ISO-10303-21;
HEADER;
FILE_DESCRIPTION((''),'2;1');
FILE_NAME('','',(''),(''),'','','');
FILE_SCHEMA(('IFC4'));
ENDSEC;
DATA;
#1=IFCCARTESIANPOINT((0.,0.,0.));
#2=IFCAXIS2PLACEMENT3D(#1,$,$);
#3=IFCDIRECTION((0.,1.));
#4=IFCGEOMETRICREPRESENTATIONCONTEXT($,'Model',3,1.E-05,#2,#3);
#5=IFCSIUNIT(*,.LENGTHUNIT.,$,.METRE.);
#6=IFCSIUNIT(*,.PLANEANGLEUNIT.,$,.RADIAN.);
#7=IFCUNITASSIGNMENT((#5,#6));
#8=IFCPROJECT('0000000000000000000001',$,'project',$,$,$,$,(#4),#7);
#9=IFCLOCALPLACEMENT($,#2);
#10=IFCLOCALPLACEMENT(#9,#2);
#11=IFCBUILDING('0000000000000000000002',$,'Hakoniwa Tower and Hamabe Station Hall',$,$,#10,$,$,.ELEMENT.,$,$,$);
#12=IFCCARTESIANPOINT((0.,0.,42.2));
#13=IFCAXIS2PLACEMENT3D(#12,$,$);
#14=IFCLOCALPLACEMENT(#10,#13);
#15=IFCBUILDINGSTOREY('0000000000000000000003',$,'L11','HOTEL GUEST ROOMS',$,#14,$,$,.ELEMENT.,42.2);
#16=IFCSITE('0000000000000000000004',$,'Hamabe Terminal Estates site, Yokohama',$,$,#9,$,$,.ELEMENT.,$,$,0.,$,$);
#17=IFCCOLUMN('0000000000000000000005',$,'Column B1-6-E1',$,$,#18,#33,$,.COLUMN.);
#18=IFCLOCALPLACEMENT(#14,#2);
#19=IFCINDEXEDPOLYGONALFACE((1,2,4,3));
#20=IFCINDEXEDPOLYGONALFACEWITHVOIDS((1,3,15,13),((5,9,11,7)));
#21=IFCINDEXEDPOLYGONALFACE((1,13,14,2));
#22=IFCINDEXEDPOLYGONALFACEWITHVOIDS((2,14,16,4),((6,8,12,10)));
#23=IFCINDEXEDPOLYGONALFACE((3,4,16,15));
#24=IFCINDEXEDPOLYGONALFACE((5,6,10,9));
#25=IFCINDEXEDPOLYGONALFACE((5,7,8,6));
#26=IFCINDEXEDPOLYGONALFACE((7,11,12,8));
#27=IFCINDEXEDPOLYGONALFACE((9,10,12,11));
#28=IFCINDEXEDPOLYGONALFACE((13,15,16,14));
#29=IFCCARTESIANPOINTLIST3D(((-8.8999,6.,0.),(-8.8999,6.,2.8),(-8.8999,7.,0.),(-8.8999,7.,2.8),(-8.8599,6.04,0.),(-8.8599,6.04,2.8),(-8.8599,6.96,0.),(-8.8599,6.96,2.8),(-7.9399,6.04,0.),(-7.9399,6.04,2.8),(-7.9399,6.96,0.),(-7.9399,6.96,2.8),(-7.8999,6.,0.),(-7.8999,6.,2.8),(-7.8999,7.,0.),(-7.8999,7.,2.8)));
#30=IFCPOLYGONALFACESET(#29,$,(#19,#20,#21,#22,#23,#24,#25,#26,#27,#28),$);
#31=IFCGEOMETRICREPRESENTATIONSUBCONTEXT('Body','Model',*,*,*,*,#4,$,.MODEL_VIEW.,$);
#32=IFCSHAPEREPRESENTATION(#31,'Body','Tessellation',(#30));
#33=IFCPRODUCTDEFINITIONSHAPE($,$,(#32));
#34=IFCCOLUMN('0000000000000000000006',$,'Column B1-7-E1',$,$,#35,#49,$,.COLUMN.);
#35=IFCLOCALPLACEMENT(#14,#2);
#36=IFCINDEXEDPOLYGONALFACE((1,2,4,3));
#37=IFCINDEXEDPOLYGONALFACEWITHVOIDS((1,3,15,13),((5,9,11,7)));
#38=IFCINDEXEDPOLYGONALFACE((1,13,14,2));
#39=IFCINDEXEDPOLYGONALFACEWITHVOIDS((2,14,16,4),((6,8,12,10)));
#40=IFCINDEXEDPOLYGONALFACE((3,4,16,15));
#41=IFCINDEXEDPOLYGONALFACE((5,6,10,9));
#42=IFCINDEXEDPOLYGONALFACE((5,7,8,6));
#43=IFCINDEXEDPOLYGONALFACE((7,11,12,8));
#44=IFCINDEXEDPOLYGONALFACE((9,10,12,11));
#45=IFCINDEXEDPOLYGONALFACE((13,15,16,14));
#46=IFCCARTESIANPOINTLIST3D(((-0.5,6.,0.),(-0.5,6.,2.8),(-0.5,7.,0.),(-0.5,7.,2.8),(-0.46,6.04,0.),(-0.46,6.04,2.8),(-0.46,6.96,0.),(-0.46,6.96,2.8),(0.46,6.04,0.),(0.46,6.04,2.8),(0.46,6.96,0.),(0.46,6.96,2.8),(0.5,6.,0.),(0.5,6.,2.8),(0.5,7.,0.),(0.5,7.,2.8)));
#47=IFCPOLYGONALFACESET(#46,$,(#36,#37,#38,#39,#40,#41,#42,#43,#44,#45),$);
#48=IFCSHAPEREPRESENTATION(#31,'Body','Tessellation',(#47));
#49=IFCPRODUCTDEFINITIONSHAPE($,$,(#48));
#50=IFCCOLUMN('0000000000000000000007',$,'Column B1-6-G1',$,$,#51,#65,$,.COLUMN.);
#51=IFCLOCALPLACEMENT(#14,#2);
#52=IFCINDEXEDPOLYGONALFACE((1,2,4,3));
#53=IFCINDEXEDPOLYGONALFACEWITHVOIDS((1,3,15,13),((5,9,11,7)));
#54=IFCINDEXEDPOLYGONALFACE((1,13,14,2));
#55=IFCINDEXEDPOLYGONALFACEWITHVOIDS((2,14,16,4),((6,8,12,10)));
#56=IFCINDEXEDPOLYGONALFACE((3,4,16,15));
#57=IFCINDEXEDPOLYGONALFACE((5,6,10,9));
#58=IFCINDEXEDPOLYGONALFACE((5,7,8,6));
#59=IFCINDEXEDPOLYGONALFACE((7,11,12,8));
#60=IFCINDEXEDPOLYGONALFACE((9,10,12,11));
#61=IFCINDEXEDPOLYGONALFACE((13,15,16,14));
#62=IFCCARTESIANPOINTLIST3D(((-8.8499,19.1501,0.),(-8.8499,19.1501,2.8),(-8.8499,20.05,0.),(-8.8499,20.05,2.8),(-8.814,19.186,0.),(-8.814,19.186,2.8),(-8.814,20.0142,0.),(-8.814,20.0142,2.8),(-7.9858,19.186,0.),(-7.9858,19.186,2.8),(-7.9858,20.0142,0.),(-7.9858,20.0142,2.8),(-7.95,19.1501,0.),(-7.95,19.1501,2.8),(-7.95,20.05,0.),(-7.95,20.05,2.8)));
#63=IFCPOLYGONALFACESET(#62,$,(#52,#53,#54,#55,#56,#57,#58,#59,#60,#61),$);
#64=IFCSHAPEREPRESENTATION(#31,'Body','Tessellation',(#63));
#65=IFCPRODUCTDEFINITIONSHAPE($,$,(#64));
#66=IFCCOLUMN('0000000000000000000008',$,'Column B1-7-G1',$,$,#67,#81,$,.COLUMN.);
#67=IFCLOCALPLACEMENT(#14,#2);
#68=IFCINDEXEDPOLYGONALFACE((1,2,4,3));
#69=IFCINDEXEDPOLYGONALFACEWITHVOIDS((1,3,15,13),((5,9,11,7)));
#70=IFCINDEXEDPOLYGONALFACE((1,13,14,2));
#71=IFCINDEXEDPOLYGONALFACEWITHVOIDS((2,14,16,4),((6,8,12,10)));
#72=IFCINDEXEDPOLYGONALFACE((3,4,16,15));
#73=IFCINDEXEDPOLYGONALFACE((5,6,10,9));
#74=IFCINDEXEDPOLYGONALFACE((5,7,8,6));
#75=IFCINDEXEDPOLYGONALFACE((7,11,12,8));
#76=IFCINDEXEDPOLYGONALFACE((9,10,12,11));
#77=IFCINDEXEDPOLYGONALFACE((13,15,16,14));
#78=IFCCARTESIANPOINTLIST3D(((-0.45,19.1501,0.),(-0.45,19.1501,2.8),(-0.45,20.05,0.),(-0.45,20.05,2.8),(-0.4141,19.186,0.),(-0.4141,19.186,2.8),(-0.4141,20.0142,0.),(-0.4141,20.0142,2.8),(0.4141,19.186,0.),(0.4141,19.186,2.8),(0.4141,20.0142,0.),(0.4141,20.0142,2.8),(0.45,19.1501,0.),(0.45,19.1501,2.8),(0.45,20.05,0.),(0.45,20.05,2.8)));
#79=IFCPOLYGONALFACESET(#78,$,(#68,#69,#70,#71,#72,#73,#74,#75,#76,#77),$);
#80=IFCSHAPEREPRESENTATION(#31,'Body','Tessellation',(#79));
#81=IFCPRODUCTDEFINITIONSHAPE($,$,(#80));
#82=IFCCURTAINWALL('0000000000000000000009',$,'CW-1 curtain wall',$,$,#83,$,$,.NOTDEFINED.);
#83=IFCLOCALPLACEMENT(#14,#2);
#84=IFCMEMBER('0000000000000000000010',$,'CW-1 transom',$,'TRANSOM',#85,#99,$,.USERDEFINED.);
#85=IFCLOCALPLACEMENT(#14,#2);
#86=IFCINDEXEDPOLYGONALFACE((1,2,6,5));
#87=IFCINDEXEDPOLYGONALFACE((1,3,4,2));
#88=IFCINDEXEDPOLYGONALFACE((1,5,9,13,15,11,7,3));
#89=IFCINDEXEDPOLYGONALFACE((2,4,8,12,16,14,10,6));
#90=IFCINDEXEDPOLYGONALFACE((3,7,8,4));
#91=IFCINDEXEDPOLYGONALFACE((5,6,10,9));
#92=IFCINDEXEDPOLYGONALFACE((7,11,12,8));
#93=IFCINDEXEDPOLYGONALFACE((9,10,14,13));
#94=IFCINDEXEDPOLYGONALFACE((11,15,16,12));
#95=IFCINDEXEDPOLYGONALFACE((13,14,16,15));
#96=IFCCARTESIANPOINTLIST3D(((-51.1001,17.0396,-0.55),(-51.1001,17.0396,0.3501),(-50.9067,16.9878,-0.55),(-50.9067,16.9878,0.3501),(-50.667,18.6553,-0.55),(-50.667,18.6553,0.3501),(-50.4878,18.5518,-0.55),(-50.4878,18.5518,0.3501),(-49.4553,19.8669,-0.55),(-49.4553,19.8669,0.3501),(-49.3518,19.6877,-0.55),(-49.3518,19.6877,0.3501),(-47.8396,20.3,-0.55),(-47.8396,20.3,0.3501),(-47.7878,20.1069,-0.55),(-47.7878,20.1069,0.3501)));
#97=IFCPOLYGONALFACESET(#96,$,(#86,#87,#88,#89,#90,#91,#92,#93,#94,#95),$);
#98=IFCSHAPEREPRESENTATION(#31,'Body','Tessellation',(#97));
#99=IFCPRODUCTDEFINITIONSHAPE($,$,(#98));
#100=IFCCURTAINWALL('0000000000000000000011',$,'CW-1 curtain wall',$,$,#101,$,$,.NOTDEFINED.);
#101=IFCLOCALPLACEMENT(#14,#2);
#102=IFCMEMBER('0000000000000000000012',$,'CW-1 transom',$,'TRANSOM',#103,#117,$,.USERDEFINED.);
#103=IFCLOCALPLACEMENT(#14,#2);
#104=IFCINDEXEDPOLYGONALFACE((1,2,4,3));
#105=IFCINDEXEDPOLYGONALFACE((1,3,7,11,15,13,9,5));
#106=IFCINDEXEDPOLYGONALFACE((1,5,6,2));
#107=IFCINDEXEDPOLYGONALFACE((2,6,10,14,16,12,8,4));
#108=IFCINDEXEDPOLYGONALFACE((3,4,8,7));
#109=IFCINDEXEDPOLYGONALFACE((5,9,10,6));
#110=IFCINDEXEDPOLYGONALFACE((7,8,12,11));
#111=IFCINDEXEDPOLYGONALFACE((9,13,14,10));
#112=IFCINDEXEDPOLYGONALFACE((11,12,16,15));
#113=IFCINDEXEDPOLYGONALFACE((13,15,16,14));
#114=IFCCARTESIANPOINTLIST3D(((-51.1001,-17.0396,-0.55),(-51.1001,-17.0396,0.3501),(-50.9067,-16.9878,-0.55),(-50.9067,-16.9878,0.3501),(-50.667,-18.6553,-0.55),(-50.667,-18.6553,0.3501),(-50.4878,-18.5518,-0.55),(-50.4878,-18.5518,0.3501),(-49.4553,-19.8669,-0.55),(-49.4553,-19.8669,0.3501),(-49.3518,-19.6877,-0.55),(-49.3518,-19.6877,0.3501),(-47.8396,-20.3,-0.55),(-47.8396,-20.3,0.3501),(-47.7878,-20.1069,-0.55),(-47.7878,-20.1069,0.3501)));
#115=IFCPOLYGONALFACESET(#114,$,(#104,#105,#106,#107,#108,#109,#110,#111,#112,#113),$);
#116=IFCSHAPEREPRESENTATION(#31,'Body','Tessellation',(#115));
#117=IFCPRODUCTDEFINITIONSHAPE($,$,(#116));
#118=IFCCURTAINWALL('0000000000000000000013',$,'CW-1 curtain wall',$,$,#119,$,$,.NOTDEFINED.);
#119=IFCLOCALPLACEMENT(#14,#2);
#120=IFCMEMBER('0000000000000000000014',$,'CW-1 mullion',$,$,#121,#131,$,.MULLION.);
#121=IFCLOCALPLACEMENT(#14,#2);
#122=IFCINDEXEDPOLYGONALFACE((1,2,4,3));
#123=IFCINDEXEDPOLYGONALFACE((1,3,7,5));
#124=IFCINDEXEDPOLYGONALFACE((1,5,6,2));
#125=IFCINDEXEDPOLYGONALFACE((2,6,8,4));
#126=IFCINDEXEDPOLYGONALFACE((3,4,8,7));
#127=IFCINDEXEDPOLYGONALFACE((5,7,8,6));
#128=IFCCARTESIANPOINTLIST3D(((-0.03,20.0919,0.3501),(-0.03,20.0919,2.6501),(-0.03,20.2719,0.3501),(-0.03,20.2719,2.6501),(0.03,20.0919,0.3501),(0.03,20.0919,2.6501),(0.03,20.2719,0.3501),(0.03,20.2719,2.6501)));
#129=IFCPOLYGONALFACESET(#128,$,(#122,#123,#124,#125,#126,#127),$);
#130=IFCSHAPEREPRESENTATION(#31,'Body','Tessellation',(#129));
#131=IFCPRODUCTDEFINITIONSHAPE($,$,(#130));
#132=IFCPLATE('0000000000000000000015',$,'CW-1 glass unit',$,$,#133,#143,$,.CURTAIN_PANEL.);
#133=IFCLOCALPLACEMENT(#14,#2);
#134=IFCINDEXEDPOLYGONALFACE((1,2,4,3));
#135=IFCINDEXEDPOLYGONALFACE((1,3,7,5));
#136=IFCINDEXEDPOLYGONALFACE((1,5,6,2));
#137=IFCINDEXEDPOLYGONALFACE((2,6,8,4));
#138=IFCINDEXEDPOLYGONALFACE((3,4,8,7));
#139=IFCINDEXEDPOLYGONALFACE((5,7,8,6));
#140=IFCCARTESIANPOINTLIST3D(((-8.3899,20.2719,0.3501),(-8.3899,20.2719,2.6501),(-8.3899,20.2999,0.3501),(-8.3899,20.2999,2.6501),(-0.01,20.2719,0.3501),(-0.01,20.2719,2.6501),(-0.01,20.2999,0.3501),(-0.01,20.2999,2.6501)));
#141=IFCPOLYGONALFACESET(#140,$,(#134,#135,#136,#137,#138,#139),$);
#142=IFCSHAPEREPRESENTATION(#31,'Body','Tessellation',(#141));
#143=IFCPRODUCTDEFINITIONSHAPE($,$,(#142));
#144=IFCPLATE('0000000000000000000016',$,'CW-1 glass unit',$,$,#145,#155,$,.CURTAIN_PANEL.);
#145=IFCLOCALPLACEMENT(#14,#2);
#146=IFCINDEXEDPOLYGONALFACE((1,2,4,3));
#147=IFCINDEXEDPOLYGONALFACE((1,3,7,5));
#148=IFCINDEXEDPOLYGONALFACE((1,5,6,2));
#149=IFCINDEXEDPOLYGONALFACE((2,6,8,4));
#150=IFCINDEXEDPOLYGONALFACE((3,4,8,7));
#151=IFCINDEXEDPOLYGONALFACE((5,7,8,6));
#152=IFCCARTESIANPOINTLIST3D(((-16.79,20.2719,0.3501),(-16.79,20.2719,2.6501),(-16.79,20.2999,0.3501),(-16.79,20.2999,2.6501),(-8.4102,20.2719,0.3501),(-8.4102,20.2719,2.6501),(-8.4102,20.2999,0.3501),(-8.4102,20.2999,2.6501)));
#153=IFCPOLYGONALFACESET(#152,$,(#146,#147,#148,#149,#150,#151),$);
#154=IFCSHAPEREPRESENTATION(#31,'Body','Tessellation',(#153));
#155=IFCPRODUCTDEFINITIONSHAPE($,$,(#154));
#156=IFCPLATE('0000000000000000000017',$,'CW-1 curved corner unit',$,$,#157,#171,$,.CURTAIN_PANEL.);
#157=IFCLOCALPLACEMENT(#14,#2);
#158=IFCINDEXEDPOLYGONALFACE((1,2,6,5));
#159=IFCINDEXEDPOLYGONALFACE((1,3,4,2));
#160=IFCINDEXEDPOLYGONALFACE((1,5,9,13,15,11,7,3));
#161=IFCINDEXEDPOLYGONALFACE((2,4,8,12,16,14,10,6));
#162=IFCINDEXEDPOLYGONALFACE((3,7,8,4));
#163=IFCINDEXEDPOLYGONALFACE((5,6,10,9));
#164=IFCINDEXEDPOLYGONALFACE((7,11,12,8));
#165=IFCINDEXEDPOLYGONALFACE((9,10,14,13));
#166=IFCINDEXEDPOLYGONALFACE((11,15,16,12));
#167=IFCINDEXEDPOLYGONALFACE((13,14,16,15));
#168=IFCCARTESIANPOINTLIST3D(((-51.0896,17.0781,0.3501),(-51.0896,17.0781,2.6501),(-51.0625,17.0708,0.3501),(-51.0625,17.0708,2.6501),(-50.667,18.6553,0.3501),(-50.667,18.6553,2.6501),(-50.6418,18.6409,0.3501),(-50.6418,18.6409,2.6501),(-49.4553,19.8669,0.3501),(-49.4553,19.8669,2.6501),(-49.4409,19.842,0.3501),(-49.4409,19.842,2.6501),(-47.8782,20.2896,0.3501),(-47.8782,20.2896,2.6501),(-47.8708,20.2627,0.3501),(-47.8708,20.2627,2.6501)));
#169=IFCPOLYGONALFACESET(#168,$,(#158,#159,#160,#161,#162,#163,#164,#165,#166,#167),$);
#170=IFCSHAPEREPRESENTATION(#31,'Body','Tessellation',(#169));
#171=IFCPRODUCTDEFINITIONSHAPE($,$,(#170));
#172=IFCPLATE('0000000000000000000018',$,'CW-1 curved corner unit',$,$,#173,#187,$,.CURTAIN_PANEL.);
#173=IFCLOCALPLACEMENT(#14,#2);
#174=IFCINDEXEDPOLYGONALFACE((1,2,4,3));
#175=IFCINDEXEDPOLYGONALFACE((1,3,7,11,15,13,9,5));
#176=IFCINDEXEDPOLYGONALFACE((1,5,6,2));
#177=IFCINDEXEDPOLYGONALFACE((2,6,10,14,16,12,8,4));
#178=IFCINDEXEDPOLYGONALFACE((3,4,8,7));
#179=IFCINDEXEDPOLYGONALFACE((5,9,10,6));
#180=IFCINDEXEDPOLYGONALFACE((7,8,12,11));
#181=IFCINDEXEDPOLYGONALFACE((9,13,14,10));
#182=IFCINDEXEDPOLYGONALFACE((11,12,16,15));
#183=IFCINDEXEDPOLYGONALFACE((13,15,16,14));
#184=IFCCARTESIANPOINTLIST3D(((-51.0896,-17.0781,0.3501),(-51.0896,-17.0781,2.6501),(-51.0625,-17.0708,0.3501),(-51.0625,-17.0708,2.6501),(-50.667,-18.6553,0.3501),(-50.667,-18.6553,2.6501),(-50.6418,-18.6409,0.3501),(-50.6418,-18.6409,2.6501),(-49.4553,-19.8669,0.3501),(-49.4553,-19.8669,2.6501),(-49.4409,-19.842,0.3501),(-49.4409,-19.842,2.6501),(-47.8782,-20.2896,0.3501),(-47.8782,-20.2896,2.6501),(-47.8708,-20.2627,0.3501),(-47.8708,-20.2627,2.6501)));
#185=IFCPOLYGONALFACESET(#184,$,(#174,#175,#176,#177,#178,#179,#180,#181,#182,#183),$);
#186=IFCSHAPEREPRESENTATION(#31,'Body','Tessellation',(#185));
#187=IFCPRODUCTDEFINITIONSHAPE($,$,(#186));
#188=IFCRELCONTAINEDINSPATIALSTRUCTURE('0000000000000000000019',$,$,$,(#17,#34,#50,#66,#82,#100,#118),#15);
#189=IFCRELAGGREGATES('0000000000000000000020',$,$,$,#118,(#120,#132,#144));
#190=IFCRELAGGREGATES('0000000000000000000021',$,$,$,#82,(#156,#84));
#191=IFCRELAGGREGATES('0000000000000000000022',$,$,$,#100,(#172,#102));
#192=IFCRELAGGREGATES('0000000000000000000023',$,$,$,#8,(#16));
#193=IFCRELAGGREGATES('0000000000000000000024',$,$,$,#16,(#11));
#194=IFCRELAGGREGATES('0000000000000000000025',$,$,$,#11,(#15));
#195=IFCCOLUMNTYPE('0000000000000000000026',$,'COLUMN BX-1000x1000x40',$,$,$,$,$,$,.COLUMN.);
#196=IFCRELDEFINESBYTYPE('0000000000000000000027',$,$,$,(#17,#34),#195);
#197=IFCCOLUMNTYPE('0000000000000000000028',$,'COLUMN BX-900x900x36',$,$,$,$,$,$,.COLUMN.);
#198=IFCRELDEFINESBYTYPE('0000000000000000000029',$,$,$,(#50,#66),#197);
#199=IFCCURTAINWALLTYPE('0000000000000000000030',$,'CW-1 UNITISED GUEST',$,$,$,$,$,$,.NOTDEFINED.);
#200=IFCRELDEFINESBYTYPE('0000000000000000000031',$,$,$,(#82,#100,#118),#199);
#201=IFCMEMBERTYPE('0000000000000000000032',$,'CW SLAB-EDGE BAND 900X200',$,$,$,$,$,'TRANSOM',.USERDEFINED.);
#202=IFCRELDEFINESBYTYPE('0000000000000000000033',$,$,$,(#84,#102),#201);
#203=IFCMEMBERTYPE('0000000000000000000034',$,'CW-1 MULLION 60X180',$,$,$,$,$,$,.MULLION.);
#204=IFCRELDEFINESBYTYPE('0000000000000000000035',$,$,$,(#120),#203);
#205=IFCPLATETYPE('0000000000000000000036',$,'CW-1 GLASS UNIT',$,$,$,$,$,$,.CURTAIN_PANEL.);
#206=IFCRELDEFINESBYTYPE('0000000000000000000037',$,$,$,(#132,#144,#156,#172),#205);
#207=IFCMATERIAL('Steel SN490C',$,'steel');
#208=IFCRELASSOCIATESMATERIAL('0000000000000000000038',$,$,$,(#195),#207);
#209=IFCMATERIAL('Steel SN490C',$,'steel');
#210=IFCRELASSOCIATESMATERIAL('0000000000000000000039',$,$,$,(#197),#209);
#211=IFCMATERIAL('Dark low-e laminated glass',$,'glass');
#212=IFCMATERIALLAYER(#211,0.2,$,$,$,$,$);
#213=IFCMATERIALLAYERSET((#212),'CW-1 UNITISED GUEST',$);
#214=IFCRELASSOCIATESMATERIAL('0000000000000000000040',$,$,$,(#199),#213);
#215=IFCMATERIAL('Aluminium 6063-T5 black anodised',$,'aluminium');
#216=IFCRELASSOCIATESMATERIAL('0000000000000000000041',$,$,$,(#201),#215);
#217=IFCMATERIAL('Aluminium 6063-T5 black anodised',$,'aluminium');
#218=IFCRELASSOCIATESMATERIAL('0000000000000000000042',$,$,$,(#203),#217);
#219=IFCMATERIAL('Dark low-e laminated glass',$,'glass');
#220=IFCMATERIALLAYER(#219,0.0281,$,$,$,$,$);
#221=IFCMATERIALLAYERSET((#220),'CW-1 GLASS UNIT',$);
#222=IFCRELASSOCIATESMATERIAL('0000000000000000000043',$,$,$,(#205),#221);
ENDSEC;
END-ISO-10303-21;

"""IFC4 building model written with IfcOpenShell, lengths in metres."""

from ifc_helpers import new_model, si_unit, direction, frame, origin, origin_2d, place, context, subcontext, project, spatial, polyline, rectangle, hollow_rectangle, outline, extrude, material, layer, layer_set, material_profile, profile_set, type_object, element, aggregate, save


model = new_model("IFC4")

# Units and contexts
model_context = context("Model", 3, precision=1e-05, world=origin(), true_north=direction((0.0, 1.0)))
body_context = subcontext(model_context, "Body", "Model", "MODEL_VIEW")
ifc_project = project(units=[si_unit("LENGTHUNIT", "METRE"), si_unit("PLANEANGLEUNIT", "RADIAN")], contexts=[model_context])

# Site, building, storey
site_placement = place(None, origin())
site = spatial("IfcSite", under=ifc_project, at=site_placement, Name="Hamabe Terminal Estates site, Yokohama", CompositionType="ELEMENT", RefElevation=0.0)
building_placement = place(site_placement, origin())
building = spatial("IfcBuilding", under=site, at=building_placement, Name="Hakoniwa Tower and Hamabe Station Hall", CompositionType="ELEMENT")
storey_placement = place(building_placement, frame((0.0, 0.0, 42.2)))
storey = spatial("IfcBuildingStorey", under=building, at=storey_placement, Name="L11", Description="HOTEL GUEST ROOMS", CompositionType="ELEMENT", Elevation=42.2)

# Columns
ifc_material_1 = material(Name="Steel SN490C", Category="steel")
ifc_material_profile_1 = material_profile(ifc_material_1, hollow_rectangle(XDim=1.0, YDim=1.0, WallThickness=0.04, at=origin_2d()), Name="BX-1000x1000x40")
ifc_profile_set_1 = profile_set([ifc_material_profile_1], Name="Steel SN490C")
column_type_1 = type_object("IfcColumnType", Name="COLUMN BX-1000x1000x40", PredefinedType="COLUMN", material=ifc_profile_set_1)
for number, where, z_axis, x_axis, name in (
    (1, (-8.3999, 6.5, 0.0), (0.0, 0.0, 1.0), (1.0, 0.0, 0.0), "Column B1-6-E1"),
    (2, (0.0, 6.5, 0.0), (0.0, 0.0, 1.0), (1.0, 0.0, 0.0), "Column B1-7-E1"),
):
    element("IfcColumn", number, at=place(storey_placement, frame(where, z_axis=z_axis, x_axis=x_axis)), inside=storey, type_object=column_type_1, Name=name, PredefinedType="COLUMN", context=body_context, shape_type="SweptSolid", body=[
        extrude(hollow_rectangle(XDim=1.0, YDim=1.0, WallThickness=0.04, at=origin_2d()), origin(), (0.0, 0.0, 1.0), 2.8),
    ])
ifc_material_2 = material(Name="Steel SN490C", Category="steel")
ifc_material_profile_2 = material_profile(ifc_material_2, hollow_rectangle(XDim=0.8999, YDim=0.8999, WallThickness=0.0359, at=origin_2d()), Name="BX-900x900x36")
ifc_profile_set_2 = profile_set([ifc_material_profile_2], Name="Steel SN490C")
column_type_2 = type_object("IfcColumnType", Name="COLUMN BX-900x900x36", PredefinedType="COLUMN", material=ifc_profile_set_2)
for number, where, z_axis, x_axis, name in (
    (3, (-8.3999, 19.6001, 0.0), (0.0, 0.0, 1.0), (1.0, 0.0, 0.0), "Column B1-6-G1"),
    (4, (0.0, 19.6001, 0.0), (0.0, 0.0, 1.0), (1.0, 0.0, 0.0), "Column B1-7-G1"),
):
    element("IfcColumn", number, at=place(storey_placement, frame(where, z_axis=z_axis, x_axis=x_axis)), inside=storey, type_object=column_type_2, Name=name, PredefinedType="COLUMN", context=body_context, shape_type="SweptSolid", body=[
        extrude(hollow_rectangle(XDim=0.8999, YDim=0.8999, WallThickness=0.0359, at=origin_2d()), origin(), (0.0, 0.0, 1.0), 2.8),
    ])

# Curtain walls, members
ifc_material_3 = material(Name="Dark low-e laminated glass", Category="glass")
ifc_layer_1 = layer(ifc_material_3, 0.2)
ifc_layer_set_1 = layer_set([ifc_layer_1], Name="CW-1 UNITISED GUEST")
curtain_wall_type = type_object("IfcCurtainWallType", Name="CW-1 UNITISED GUEST", PredefinedType="NOTDEFINED", material=ifc_layer_set_1)
curtain_wall_1_placement = place(storey_placement, origin())
curtain_wall_1 = element("IfcCurtainWall", 5, at=curtain_wall_1_placement, inside=storey, type_object=curtain_wall_type, Name="CW-1 curtain wall", PredefinedType="NOTDEFINED")
ifc_material_4 = material(Name="Aluminium 6063-T5 black anodised", Category="aluminium")
ifc_material_profile_3 = material_profile(ifc_material_4, rectangle(XDim=0.2, YDim=0.8999, at=origin_2d()), Name="CW SLAB-EDGE BAND 900X200")
ifc_profile_set_3 = profile_set([ifc_material_profile_3], Name="Aluminium 6063-T5 black anodised")
member_type_1 = type_object("IfcMemberType", Name="CW SLAB-EDGE BAND 900X200", ElementType="TRANSOM", PredefinedType="USERDEFINED", material=ifc_profile_set_3)
member_1_placement = place(storey_placement, frame((0.0, 0.0, -0.55)))
member_1 = element("IfcMember", 6, at=member_1_placement, type_object=member_type_1, Name="CW-1 transom", ObjectType="TRANSOM", PredefinedType="USERDEFINED", context=body_context, shape_type="SweptSolid", body=[
    extrude(outline(polyline([(-47.8396, 20.3), (-49.4553, 19.8669), (-50.667, 18.6553), (-51.1001, 17.0396), (-50.9067, 16.9878), (-50.4878, 18.5518), (-49.3518, 19.6877), (-47.7878, 20.1069), (-47.8396, 20.3)])), origin(), (0.0, 0.0, 1.0), 0.9001),
])
curtain_wall_2_placement = place(storey_placement, origin())
curtain_wall_2 = element("IfcCurtainWall", 7, at=curtain_wall_2_placement, inside=storey, type_object=curtain_wall_type, Name="CW-1 curtain wall", PredefinedType="NOTDEFINED")
member_2_placement = place(storey_placement, frame((0.0, 0.0, -0.55)))
member_2 = element("IfcMember", 8, at=member_2_placement, type_object=member_type_1, Name="CW-1 transom", ObjectType="TRANSOM", PredefinedType="USERDEFINED", context=body_context, shape_type="SweptSolid", body=[
    extrude(outline(polyline([(-51.1001, -17.0396), (-50.667, -18.6553), (-49.4553, -19.8669), (-47.8396, -20.3), (-47.7878, -20.1069), (-49.3518, -19.6877), (-50.4878, -18.5518), (-50.9067, -16.9878), (-51.1001, -17.0396)])), origin(), (0.0, 0.0, 1.0), 0.9001),
])

# Curtain wall, member, plates
curtain_wall_3_placement = place(storey_placement, origin())
curtain_wall_3 = element("IfcCurtainWall", 9, at=curtain_wall_3_placement, inside=storey, type_object=curtain_wall_type, Name="CW-1 curtain wall", PredefinedType="NOTDEFINED")
ifc_material_5 = material(Name="Aluminium 6063-T5 black anodised", Category="aluminium")
ifc_material_profile_4 = material_profile(ifc_material_5, rectangle(XDim=0.0601, YDim=0.1799, at=origin_2d()), Name="CW-1 MULLION 60X180")
ifc_profile_set_4 = profile_set([ifc_material_profile_4], Name="Aluminium 6063-T5 black anodised")
member_type_2 = type_object("IfcMemberType", Name="CW-1 MULLION 60X180", PredefinedType="MULLION", material=ifc_profile_set_4)
member_3_placement = place(storey_placement, frame((0.0, 20.1819, 0.3501), z_axis=(0.0, 0.0, 1.0), x_axis=(-1.0, 0.0, 0.0)))
member_3 = element("IfcMember", 10, at=member_3_placement, type_object=member_type_2, Name="CW-1 mullion", PredefinedType="MULLION", context=body_context, shape_type="SweptSolid", body=[
    extrude(rectangle(XDim=0.0601, YDim=0.1799, at=origin_2d()), origin(), (0.0, 0.0, 1.0), 2.3),
])
ifc_material_6 = material(Name="Dark low-e laminated glass", Category="glass")
ifc_layer_2 = layer(ifc_material_6, 0.0281)
ifc_layer_set_2 = layer_set([ifc_layer_2], Name="CW-1 GLASS UNIT")
plate_type = type_object("IfcPlateType", Name="CW-1 GLASS UNIT", PredefinedType="CURTAIN_PANEL", material=ifc_layer_set_2)
plate_1_placement = place(storey_placement, frame((-4.2, 20.2859, 0.3501), z_axis=(0.0, 0.0, 1.0), x_axis=(-1.0, 0.0, 0.0)))
plate_1 = element("IfcPlate", 11, at=plate_1_placement, type_object=plate_type, Name="CW-1 glass unit", PredefinedType="CURTAIN_PANEL", context=body_context, shape_type="SweptSolid", body=[
    extrude(rectangle(XDim=8.3799, YDim=0.0281, at=origin_2d()), origin(), (0.0, 0.0, 1.0), 2.3),
])
plate_2_placement = place(storey_placement, frame((-12.6001, 20.2859, 0.3501), z_axis=(0.0, 0.0, 1.0), x_axis=(-1.0, 0.0, 0.0)))
plate_2 = element("IfcPlate", 12, at=plate_2_placement, type_object=plate_type, Name="CW-1 glass unit", PredefinedType="CURTAIN_PANEL", context=body_context, shape_type="SweptSolid", body=[
    extrude(rectangle(XDim=8.3799, YDim=0.0281, at=origin_2d()), origin(), (0.0, 0.0, 1.0), 2.3),
])
aggregate(curtain_wall_3, [member_3, plate_1, plate_2])

# Plates
plate_3_placement = place(storey_placement, frame((0.0, 0.0, 0.3501)))
plate_3 = element("IfcPlate", 13, at=plate_3_placement, type_object=plate_type, Name="CW-1 curved corner unit", PredefinedType="CURTAIN_PANEL", context=body_context, shape_type="SweptSolid", body=[
    extrude(outline(polyline([(-47.8782, 20.2896), (-49.4553, 19.8669), (-50.667, 18.6553), (-51.0896, 17.0781), (-51.0625, 17.0708), (-50.6418, 18.6409), (-49.4409, 19.842), (-47.8708, 20.2627), (-47.8782, 20.2896)])), origin(), (0.0, 0.0, 1.0), 2.3),
])
aggregate(curtain_wall_1, [plate_3, member_1])
plate_4_placement = place(storey_placement, frame((0.0, 0.0, 0.3501)))
plate_4 = element("IfcPlate", 14, at=plate_4_placement, type_object=plate_type, Name="CW-1 curved corner unit", PredefinedType="CURTAIN_PANEL", context=body_context, shape_type="SweptSolid", body=[
    extrude(outline(polyline([(-51.0896, -17.0781), (-50.667, -18.6553), (-49.4553, -19.8669), (-47.8782, -20.2896), (-47.8708, -20.2627), (-49.4409, -19.842), (-50.6418, -18.6409), (-51.0625, -17.0708), (-51.0896, -17.0781)])), origin(), (0.0, 0.0, 1.0), 2.3),
])
aggregate(curtain_wall_2, [plate_4, member_2])

save(model, "model.ifc")
